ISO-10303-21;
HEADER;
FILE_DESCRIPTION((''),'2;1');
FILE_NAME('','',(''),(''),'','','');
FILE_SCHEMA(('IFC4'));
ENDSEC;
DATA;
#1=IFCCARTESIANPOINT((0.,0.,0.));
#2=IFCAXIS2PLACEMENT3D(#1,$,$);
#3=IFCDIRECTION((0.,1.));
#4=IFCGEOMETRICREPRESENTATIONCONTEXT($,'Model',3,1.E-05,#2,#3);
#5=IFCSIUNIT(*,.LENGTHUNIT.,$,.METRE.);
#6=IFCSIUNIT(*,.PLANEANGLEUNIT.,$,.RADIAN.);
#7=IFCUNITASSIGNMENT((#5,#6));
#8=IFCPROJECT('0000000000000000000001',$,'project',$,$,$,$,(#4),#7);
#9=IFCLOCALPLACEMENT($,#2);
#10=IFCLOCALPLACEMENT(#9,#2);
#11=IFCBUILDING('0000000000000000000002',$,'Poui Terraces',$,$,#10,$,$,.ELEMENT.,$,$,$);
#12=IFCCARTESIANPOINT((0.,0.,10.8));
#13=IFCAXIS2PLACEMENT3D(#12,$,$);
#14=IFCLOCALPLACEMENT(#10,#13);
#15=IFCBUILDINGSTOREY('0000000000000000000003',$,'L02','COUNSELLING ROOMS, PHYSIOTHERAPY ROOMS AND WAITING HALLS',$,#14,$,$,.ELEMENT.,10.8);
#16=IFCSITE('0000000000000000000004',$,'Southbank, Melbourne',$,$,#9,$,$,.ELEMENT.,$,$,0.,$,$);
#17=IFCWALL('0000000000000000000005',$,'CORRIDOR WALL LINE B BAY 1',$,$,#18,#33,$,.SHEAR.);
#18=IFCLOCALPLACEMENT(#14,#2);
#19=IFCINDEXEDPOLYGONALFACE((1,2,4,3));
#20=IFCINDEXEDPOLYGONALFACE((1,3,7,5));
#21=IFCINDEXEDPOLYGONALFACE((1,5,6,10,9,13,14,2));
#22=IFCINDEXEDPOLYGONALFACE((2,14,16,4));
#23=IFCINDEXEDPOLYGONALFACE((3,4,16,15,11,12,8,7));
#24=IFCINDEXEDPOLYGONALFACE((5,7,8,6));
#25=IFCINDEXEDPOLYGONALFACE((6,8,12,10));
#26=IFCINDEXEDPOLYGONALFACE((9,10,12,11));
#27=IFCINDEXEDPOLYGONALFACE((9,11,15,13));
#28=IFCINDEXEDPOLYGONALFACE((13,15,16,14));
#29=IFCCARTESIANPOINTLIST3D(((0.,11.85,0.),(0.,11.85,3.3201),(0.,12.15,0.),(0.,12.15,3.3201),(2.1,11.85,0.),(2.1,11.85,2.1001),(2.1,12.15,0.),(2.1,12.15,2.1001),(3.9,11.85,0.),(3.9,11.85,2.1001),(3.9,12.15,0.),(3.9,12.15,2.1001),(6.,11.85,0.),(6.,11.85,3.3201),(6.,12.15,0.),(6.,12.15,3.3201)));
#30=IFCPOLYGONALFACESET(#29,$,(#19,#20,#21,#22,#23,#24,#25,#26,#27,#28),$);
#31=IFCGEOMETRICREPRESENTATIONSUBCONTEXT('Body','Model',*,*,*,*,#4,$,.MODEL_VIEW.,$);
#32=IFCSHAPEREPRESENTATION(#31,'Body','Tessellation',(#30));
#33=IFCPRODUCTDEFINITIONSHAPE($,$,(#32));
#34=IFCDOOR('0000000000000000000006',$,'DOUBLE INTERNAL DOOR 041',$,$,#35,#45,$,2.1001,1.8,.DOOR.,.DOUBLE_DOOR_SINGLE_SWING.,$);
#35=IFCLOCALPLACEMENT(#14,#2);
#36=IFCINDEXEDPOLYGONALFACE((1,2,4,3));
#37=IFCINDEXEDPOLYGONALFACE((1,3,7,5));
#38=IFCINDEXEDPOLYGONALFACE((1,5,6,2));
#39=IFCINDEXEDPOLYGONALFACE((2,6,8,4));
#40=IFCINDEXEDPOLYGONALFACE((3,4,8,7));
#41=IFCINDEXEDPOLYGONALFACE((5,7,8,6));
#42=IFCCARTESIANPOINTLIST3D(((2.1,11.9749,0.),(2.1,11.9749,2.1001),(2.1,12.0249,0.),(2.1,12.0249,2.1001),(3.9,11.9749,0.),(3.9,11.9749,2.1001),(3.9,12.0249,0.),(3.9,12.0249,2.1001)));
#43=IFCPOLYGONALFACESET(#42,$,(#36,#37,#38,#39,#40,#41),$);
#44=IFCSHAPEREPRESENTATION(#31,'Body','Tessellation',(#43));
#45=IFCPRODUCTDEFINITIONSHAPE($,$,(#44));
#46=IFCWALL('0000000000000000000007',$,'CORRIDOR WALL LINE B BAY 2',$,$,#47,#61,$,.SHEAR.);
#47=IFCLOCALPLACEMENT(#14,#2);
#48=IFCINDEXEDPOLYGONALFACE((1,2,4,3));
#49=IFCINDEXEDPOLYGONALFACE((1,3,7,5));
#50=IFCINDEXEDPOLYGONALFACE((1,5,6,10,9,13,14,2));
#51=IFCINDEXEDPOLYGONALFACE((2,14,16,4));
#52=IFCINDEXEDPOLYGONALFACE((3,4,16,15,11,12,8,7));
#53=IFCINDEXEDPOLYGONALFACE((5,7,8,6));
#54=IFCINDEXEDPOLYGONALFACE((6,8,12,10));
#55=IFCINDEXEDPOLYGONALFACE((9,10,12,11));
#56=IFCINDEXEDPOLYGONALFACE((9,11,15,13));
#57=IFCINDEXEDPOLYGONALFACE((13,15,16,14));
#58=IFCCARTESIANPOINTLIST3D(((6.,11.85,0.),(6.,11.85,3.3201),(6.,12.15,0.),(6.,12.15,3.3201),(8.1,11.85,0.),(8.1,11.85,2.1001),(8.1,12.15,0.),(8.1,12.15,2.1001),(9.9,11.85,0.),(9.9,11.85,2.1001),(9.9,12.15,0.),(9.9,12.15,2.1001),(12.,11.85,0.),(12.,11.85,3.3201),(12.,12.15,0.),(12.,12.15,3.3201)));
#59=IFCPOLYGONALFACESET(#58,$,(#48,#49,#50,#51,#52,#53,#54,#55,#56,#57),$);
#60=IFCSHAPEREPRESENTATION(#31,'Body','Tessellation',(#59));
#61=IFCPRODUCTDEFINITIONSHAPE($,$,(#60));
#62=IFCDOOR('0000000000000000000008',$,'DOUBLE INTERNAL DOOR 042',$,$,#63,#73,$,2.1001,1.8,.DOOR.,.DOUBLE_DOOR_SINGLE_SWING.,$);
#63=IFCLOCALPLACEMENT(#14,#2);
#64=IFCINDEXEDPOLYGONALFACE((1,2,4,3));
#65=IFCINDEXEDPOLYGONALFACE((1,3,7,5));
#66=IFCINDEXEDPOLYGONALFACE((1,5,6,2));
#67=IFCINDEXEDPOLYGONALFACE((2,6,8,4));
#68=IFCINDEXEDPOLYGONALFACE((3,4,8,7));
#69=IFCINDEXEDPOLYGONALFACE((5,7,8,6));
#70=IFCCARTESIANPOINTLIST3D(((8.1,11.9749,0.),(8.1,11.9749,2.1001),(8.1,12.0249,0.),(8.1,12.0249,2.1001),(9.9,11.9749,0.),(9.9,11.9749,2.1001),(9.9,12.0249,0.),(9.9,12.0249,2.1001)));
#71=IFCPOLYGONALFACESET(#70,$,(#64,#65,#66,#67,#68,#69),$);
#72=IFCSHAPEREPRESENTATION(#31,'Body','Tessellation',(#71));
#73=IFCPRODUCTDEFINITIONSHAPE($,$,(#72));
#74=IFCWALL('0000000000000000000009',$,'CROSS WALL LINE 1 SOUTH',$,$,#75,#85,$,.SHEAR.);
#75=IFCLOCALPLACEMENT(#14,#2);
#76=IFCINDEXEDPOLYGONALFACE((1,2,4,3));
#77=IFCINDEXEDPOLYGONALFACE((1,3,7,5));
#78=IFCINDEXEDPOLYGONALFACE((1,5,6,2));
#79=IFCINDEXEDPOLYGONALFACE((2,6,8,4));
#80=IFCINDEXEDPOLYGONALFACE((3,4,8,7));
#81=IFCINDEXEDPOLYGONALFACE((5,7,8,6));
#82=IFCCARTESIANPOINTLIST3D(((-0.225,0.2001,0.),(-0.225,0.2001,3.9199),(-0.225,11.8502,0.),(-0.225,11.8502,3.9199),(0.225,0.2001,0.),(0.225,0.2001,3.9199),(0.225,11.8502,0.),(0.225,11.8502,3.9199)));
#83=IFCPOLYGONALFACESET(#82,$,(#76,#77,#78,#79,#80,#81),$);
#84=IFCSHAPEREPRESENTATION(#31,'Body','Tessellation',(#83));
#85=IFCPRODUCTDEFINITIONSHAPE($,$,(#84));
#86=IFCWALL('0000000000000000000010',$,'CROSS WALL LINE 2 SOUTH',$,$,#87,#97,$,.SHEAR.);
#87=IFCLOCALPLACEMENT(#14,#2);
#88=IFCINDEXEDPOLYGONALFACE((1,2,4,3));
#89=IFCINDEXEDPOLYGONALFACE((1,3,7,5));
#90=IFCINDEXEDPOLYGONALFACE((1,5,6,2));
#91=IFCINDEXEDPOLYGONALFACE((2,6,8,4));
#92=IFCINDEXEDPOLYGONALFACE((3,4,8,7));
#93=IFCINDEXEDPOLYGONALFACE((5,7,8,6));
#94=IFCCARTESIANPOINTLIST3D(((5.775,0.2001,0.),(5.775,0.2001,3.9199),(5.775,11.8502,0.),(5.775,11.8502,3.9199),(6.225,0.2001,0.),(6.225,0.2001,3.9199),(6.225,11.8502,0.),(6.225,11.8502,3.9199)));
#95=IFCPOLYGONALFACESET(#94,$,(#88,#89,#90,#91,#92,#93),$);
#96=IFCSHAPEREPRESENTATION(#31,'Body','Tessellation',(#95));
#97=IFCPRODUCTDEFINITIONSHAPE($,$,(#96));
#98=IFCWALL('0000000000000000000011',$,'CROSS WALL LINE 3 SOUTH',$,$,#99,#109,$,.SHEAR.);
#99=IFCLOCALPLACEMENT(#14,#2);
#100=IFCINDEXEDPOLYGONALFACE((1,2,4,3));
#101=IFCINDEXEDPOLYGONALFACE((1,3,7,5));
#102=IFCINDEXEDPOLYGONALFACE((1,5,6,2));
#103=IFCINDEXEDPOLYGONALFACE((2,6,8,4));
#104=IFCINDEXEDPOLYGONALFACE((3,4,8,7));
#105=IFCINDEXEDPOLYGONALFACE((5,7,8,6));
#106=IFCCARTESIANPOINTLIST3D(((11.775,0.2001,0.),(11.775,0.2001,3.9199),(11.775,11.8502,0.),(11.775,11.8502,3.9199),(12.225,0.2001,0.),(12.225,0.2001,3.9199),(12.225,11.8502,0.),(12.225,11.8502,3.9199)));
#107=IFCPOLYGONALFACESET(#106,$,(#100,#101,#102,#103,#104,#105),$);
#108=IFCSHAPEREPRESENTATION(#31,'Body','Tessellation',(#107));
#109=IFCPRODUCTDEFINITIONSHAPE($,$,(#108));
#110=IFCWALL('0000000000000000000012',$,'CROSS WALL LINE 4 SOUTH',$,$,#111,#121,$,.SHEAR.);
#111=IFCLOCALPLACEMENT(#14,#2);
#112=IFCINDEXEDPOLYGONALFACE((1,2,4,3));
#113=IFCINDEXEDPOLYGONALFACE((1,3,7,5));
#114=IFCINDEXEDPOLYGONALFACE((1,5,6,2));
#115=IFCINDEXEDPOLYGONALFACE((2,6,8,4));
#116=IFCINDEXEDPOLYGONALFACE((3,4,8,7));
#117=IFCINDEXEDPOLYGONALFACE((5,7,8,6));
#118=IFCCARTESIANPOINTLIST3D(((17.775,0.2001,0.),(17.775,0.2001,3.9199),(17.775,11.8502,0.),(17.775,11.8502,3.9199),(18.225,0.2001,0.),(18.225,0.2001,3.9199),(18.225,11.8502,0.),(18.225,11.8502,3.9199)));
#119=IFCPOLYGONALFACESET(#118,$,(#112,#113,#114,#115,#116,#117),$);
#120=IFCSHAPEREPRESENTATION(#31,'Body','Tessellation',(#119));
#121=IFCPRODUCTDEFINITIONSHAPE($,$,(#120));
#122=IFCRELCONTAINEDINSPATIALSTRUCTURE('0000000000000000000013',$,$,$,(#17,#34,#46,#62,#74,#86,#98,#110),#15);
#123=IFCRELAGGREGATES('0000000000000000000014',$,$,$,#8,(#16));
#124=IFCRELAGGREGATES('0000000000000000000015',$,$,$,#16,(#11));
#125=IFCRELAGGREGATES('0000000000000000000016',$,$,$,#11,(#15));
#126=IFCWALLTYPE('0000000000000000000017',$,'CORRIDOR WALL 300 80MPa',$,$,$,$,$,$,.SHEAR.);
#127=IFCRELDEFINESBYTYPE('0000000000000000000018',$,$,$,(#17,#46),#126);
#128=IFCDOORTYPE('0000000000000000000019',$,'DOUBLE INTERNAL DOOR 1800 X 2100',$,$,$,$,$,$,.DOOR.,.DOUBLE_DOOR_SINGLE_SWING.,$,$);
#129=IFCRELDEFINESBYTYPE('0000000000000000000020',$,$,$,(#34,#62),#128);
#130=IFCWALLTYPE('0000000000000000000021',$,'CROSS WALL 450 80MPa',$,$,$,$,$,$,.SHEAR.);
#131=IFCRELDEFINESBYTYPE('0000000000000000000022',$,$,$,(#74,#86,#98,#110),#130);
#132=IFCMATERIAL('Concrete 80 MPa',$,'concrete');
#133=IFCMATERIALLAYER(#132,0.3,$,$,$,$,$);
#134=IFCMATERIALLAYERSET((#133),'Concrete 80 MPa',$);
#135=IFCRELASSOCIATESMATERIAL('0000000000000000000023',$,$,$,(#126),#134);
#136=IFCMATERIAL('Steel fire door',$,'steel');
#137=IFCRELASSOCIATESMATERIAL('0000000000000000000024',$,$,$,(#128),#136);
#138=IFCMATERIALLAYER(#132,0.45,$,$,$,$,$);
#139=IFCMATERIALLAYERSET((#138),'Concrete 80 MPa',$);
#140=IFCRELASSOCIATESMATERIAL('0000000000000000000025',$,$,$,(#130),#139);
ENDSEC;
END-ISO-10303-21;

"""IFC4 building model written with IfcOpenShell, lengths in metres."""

from ifc_helpers import new_model, si_unit, direction, frame, frame_2d, origin, place, context, subcontext, project, spatial, rectangle, extrude, material, layer, layer_set, type_object, element, fill, save


model = new_model("IFC4")

# Units and contexts
model_context = context("Model", 3, precision=1e-05, world=origin(), true_north=direction((0.0, 1.0)))
body_context = subcontext(model_context, "Body", "Model", "MODEL_VIEW")
ifc_project = project(units=[si_unit("LENGTHUNIT", "METRE"), si_unit("PLANEANGLEUNIT", "RADIAN")], contexts=[model_context])

# Site, building, storey
site_placement = place(None, origin())
site = spatial("IfcSite", under=ifc_project, at=site_placement, Name="Southbank, Melbourne", CompositionType="ELEMENT", RefElevation=0.0)
building_placement = place(site_placement, origin())
building = spatial("IfcBuilding", under=site, at=building_placement, Name="Poui Terraces", CompositionType="ELEMENT")
storey_placement = place(building_placement, frame((0.0, 0.0, 10.8)))
storey = spatial("IfcBuildingStorey", under=building, at=storey_placement, Name="L02", Description="COUNSELLING ROOMS, PHYSIOTHERAPY ROOMS AND WAITING HALLS", CompositionType="ELEMENT", Elevation=10.8)

# Shared definitions
ifc_material_1 = material(Name="Concrete 80 MPa", Category="concrete")

# Walls, openings, doors
ifc_layer_1 = layer(ifc_material_1, 0.3)
ifc_layer_set_1 = layer_set([ifc_layer_1], Name="Concrete 80 MPa")
wall_type_1 = type_object("IfcWallType", Name="CORRIDOR WALL 300 80MPa", PredefinedType="SHEAR", material=ifc_layer_set_1)
wall_1_placement = place(storey_placement, frame((0.0, 12.0, 0.0), z_axis=(0.0, 0.0, 1.0), x_axis=(1.0, 0.0, 0.0)))
wall_1 = element("IfcWall", 1, at=wall_1_placement, inside=storey, type_object=wall_type_1, Name="CORRIDOR WALL LINE B BAY 1", PredefinedType="SHEAR", context=body_context, shape_type="SweptSolid", body=[
    extrude(rectangle(XDim=6.0, YDim=0.3, at=frame_2d((3.0, 0.0))), origin(), (0.0, 0.0, 1.0), 3.3201),
])
opening_1_placement = place(wall_1_placement, frame((2.1001, 0.0, 0.0)))
opening_1 = element("IfcOpeningElement", 2, at=opening_1_placement, cuts=wall_1, PredefinedType="OPENING", context=body_context, shape_type="SweptSolid", body=[
    extrude(rectangle(XDim=1.8, YDim=2.1001, at=frame_2d((0.8999, 1.05))), frame((0.0, 0.1602, 0.0), z_axis=(0.0, -1.0, 0.0), x_axis=(1.0, 0.0, 0.0)), (0.0, 0.0, 1.0), 0.3201),
])
ifc_material_2 = material(Name="Steel fire door", Category="steel")
door_type = type_object("IfcDoorType", Name="DOUBLE INTERNAL DOOR 1800 X 2100", OperationType="DOUBLE_DOOR_SINGLE_SWING", PredefinedType="DOOR", material=ifc_material_2)
door_1_placement = place(opening_1_placement, origin())
door_1 = element("IfcDoor", 3, at=door_1_placement, inside=storey, type_object=door_type, Name="DOUBLE INTERNAL DOOR 041", OperationType="DOUBLE_DOOR_SINGLE_SWING", OverallHeight=2.1001, OverallWidth=1.8, PredefinedType="DOOR", context=body_context, shape_type="SweptSolid", body=[
    extrude(rectangle(XDim=1.8, YDim=2.1001, at=frame_2d((0.8999, 1.05))), frame((0.0, 0.0249, 0.0), z_axis=(0.0, -1.0, 0.0), x_axis=(1.0, 0.0, 0.0)), (0.0, 0.0, 1.0), 0.05),
])
fill(opening_1, door_1)
wall_2_placement = place(storey_placement, frame((6.0, 12.0, 0.0), z_axis=(0.0, 0.0, 1.0), x_axis=(1.0, 0.0, 0.0)))
wall_2 = element("IfcWall", 4, at=wall_2_placement, inside=storey, type_object=wall_type_1, Name="CORRIDOR WALL LINE B BAY 2", PredefinedType="SHEAR", context=body_context, shape_type="SweptSolid", body=[
    extrude(rectangle(XDim=6.0, YDim=0.3, at=frame_2d((3.0, 0.0))), origin(), (0.0, 0.0, 1.0), 3.3201),
])
opening_2_placement = place(wall_2_placement, frame((2.1001, 0.0, 0.0)))
opening_2 = element("IfcOpeningElement", 5, at=opening_2_placement, cuts=wall_2, PredefinedType="OPENING", context=body_context, shape_type="SweptSolid", body=[
    extrude(rectangle(XDim=1.8, YDim=2.1001, at=frame_2d((0.8999, 1.05))), frame((0.0, 0.1602, 0.0), z_axis=(0.0, -1.0, 0.0), x_axis=(1.0, 0.0, 0.0)), (0.0, 0.0, 1.0), 0.3201),
])
door_2_placement = place(opening_2_placement, origin())
door_2 = element("IfcDoor", 6, at=door_2_placement, inside=storey, type_object=door_type, Name="DOUBLE INTERNAL DOOR 042", OperationType="DOUBLE_DOOR_SINGLE_SWING", OverallHeight=2.1001, OverallWidth=1.8, PredefinedType="DOOR", context=body_context, shape_type="SweptSolid", body=[
    extrude(rectangle(XDim=1.8, YDim=2.1001, at=frame_2d((0.8999, 1.05))), frame((0.0, 0.0249, 0.0), z_axis=(0.0, -1.0, 0.0), x_axis=(1.0, 0.0, 0.0)), (0.0, 0.0, 1.0), 0.05),
])
fill(opening_2, door_2)

# Walls
ifc_layer_2 = layer(ifc_material_1, 0.45)
ifc_layer_set_2 = layer_set([ifc_layer_2], Name="Concrete 80 MPa")
wall_type_2 = type_object("IfcWallType", Name="CROSS WALL 450 80MPa", PredefinedType="SHEAR", material=ifc_layer_set_2)
for number, where, z_axis, x_axis, name in (
    (7, (0.0, 0.2, 0.0), (0.0, 0.0, 1.0), (0.0, 1.0, 0.0), "CROSS WALL LINE 1 SOUTH"),
    (8, (6.0, 0.2, 0.0), (0.0, 0.0, 1.0), (0.0, 1.0, 0.0), "CROSS WALL LINE 2 SOUTH"),
    (9, (12.0, 0.2, 0.0), (0.0, 0.0, 1.0), (0.0, 1.0, 0.0), "CROSS WALL LINE 3 SOUTH"),
    (10, (18.0, 0.2, 0.0), (0.0, 0.0, 1.0), (0.0, 1.0, 0.0), "CROSS WALL LINE 4 SOUTH"),
):
    element("IfcWall", number, at=place(storey_placement, frame(where, z_axis=z_axis, x_axis=x_axis)), inside=storey, type_object=wall_type_2, Name=name, PredefinedType="SHEAR", context=body_context, shape_type="SweptSolid", body=[
        extrude(rectangle(XDim=11.6501, YDim=0.45, at=frame_2d((5.8252, 0.0))), origin(), (0.0, 0.0, 1.0), 3.9199),
    ])

save(model, "model.ifc")
